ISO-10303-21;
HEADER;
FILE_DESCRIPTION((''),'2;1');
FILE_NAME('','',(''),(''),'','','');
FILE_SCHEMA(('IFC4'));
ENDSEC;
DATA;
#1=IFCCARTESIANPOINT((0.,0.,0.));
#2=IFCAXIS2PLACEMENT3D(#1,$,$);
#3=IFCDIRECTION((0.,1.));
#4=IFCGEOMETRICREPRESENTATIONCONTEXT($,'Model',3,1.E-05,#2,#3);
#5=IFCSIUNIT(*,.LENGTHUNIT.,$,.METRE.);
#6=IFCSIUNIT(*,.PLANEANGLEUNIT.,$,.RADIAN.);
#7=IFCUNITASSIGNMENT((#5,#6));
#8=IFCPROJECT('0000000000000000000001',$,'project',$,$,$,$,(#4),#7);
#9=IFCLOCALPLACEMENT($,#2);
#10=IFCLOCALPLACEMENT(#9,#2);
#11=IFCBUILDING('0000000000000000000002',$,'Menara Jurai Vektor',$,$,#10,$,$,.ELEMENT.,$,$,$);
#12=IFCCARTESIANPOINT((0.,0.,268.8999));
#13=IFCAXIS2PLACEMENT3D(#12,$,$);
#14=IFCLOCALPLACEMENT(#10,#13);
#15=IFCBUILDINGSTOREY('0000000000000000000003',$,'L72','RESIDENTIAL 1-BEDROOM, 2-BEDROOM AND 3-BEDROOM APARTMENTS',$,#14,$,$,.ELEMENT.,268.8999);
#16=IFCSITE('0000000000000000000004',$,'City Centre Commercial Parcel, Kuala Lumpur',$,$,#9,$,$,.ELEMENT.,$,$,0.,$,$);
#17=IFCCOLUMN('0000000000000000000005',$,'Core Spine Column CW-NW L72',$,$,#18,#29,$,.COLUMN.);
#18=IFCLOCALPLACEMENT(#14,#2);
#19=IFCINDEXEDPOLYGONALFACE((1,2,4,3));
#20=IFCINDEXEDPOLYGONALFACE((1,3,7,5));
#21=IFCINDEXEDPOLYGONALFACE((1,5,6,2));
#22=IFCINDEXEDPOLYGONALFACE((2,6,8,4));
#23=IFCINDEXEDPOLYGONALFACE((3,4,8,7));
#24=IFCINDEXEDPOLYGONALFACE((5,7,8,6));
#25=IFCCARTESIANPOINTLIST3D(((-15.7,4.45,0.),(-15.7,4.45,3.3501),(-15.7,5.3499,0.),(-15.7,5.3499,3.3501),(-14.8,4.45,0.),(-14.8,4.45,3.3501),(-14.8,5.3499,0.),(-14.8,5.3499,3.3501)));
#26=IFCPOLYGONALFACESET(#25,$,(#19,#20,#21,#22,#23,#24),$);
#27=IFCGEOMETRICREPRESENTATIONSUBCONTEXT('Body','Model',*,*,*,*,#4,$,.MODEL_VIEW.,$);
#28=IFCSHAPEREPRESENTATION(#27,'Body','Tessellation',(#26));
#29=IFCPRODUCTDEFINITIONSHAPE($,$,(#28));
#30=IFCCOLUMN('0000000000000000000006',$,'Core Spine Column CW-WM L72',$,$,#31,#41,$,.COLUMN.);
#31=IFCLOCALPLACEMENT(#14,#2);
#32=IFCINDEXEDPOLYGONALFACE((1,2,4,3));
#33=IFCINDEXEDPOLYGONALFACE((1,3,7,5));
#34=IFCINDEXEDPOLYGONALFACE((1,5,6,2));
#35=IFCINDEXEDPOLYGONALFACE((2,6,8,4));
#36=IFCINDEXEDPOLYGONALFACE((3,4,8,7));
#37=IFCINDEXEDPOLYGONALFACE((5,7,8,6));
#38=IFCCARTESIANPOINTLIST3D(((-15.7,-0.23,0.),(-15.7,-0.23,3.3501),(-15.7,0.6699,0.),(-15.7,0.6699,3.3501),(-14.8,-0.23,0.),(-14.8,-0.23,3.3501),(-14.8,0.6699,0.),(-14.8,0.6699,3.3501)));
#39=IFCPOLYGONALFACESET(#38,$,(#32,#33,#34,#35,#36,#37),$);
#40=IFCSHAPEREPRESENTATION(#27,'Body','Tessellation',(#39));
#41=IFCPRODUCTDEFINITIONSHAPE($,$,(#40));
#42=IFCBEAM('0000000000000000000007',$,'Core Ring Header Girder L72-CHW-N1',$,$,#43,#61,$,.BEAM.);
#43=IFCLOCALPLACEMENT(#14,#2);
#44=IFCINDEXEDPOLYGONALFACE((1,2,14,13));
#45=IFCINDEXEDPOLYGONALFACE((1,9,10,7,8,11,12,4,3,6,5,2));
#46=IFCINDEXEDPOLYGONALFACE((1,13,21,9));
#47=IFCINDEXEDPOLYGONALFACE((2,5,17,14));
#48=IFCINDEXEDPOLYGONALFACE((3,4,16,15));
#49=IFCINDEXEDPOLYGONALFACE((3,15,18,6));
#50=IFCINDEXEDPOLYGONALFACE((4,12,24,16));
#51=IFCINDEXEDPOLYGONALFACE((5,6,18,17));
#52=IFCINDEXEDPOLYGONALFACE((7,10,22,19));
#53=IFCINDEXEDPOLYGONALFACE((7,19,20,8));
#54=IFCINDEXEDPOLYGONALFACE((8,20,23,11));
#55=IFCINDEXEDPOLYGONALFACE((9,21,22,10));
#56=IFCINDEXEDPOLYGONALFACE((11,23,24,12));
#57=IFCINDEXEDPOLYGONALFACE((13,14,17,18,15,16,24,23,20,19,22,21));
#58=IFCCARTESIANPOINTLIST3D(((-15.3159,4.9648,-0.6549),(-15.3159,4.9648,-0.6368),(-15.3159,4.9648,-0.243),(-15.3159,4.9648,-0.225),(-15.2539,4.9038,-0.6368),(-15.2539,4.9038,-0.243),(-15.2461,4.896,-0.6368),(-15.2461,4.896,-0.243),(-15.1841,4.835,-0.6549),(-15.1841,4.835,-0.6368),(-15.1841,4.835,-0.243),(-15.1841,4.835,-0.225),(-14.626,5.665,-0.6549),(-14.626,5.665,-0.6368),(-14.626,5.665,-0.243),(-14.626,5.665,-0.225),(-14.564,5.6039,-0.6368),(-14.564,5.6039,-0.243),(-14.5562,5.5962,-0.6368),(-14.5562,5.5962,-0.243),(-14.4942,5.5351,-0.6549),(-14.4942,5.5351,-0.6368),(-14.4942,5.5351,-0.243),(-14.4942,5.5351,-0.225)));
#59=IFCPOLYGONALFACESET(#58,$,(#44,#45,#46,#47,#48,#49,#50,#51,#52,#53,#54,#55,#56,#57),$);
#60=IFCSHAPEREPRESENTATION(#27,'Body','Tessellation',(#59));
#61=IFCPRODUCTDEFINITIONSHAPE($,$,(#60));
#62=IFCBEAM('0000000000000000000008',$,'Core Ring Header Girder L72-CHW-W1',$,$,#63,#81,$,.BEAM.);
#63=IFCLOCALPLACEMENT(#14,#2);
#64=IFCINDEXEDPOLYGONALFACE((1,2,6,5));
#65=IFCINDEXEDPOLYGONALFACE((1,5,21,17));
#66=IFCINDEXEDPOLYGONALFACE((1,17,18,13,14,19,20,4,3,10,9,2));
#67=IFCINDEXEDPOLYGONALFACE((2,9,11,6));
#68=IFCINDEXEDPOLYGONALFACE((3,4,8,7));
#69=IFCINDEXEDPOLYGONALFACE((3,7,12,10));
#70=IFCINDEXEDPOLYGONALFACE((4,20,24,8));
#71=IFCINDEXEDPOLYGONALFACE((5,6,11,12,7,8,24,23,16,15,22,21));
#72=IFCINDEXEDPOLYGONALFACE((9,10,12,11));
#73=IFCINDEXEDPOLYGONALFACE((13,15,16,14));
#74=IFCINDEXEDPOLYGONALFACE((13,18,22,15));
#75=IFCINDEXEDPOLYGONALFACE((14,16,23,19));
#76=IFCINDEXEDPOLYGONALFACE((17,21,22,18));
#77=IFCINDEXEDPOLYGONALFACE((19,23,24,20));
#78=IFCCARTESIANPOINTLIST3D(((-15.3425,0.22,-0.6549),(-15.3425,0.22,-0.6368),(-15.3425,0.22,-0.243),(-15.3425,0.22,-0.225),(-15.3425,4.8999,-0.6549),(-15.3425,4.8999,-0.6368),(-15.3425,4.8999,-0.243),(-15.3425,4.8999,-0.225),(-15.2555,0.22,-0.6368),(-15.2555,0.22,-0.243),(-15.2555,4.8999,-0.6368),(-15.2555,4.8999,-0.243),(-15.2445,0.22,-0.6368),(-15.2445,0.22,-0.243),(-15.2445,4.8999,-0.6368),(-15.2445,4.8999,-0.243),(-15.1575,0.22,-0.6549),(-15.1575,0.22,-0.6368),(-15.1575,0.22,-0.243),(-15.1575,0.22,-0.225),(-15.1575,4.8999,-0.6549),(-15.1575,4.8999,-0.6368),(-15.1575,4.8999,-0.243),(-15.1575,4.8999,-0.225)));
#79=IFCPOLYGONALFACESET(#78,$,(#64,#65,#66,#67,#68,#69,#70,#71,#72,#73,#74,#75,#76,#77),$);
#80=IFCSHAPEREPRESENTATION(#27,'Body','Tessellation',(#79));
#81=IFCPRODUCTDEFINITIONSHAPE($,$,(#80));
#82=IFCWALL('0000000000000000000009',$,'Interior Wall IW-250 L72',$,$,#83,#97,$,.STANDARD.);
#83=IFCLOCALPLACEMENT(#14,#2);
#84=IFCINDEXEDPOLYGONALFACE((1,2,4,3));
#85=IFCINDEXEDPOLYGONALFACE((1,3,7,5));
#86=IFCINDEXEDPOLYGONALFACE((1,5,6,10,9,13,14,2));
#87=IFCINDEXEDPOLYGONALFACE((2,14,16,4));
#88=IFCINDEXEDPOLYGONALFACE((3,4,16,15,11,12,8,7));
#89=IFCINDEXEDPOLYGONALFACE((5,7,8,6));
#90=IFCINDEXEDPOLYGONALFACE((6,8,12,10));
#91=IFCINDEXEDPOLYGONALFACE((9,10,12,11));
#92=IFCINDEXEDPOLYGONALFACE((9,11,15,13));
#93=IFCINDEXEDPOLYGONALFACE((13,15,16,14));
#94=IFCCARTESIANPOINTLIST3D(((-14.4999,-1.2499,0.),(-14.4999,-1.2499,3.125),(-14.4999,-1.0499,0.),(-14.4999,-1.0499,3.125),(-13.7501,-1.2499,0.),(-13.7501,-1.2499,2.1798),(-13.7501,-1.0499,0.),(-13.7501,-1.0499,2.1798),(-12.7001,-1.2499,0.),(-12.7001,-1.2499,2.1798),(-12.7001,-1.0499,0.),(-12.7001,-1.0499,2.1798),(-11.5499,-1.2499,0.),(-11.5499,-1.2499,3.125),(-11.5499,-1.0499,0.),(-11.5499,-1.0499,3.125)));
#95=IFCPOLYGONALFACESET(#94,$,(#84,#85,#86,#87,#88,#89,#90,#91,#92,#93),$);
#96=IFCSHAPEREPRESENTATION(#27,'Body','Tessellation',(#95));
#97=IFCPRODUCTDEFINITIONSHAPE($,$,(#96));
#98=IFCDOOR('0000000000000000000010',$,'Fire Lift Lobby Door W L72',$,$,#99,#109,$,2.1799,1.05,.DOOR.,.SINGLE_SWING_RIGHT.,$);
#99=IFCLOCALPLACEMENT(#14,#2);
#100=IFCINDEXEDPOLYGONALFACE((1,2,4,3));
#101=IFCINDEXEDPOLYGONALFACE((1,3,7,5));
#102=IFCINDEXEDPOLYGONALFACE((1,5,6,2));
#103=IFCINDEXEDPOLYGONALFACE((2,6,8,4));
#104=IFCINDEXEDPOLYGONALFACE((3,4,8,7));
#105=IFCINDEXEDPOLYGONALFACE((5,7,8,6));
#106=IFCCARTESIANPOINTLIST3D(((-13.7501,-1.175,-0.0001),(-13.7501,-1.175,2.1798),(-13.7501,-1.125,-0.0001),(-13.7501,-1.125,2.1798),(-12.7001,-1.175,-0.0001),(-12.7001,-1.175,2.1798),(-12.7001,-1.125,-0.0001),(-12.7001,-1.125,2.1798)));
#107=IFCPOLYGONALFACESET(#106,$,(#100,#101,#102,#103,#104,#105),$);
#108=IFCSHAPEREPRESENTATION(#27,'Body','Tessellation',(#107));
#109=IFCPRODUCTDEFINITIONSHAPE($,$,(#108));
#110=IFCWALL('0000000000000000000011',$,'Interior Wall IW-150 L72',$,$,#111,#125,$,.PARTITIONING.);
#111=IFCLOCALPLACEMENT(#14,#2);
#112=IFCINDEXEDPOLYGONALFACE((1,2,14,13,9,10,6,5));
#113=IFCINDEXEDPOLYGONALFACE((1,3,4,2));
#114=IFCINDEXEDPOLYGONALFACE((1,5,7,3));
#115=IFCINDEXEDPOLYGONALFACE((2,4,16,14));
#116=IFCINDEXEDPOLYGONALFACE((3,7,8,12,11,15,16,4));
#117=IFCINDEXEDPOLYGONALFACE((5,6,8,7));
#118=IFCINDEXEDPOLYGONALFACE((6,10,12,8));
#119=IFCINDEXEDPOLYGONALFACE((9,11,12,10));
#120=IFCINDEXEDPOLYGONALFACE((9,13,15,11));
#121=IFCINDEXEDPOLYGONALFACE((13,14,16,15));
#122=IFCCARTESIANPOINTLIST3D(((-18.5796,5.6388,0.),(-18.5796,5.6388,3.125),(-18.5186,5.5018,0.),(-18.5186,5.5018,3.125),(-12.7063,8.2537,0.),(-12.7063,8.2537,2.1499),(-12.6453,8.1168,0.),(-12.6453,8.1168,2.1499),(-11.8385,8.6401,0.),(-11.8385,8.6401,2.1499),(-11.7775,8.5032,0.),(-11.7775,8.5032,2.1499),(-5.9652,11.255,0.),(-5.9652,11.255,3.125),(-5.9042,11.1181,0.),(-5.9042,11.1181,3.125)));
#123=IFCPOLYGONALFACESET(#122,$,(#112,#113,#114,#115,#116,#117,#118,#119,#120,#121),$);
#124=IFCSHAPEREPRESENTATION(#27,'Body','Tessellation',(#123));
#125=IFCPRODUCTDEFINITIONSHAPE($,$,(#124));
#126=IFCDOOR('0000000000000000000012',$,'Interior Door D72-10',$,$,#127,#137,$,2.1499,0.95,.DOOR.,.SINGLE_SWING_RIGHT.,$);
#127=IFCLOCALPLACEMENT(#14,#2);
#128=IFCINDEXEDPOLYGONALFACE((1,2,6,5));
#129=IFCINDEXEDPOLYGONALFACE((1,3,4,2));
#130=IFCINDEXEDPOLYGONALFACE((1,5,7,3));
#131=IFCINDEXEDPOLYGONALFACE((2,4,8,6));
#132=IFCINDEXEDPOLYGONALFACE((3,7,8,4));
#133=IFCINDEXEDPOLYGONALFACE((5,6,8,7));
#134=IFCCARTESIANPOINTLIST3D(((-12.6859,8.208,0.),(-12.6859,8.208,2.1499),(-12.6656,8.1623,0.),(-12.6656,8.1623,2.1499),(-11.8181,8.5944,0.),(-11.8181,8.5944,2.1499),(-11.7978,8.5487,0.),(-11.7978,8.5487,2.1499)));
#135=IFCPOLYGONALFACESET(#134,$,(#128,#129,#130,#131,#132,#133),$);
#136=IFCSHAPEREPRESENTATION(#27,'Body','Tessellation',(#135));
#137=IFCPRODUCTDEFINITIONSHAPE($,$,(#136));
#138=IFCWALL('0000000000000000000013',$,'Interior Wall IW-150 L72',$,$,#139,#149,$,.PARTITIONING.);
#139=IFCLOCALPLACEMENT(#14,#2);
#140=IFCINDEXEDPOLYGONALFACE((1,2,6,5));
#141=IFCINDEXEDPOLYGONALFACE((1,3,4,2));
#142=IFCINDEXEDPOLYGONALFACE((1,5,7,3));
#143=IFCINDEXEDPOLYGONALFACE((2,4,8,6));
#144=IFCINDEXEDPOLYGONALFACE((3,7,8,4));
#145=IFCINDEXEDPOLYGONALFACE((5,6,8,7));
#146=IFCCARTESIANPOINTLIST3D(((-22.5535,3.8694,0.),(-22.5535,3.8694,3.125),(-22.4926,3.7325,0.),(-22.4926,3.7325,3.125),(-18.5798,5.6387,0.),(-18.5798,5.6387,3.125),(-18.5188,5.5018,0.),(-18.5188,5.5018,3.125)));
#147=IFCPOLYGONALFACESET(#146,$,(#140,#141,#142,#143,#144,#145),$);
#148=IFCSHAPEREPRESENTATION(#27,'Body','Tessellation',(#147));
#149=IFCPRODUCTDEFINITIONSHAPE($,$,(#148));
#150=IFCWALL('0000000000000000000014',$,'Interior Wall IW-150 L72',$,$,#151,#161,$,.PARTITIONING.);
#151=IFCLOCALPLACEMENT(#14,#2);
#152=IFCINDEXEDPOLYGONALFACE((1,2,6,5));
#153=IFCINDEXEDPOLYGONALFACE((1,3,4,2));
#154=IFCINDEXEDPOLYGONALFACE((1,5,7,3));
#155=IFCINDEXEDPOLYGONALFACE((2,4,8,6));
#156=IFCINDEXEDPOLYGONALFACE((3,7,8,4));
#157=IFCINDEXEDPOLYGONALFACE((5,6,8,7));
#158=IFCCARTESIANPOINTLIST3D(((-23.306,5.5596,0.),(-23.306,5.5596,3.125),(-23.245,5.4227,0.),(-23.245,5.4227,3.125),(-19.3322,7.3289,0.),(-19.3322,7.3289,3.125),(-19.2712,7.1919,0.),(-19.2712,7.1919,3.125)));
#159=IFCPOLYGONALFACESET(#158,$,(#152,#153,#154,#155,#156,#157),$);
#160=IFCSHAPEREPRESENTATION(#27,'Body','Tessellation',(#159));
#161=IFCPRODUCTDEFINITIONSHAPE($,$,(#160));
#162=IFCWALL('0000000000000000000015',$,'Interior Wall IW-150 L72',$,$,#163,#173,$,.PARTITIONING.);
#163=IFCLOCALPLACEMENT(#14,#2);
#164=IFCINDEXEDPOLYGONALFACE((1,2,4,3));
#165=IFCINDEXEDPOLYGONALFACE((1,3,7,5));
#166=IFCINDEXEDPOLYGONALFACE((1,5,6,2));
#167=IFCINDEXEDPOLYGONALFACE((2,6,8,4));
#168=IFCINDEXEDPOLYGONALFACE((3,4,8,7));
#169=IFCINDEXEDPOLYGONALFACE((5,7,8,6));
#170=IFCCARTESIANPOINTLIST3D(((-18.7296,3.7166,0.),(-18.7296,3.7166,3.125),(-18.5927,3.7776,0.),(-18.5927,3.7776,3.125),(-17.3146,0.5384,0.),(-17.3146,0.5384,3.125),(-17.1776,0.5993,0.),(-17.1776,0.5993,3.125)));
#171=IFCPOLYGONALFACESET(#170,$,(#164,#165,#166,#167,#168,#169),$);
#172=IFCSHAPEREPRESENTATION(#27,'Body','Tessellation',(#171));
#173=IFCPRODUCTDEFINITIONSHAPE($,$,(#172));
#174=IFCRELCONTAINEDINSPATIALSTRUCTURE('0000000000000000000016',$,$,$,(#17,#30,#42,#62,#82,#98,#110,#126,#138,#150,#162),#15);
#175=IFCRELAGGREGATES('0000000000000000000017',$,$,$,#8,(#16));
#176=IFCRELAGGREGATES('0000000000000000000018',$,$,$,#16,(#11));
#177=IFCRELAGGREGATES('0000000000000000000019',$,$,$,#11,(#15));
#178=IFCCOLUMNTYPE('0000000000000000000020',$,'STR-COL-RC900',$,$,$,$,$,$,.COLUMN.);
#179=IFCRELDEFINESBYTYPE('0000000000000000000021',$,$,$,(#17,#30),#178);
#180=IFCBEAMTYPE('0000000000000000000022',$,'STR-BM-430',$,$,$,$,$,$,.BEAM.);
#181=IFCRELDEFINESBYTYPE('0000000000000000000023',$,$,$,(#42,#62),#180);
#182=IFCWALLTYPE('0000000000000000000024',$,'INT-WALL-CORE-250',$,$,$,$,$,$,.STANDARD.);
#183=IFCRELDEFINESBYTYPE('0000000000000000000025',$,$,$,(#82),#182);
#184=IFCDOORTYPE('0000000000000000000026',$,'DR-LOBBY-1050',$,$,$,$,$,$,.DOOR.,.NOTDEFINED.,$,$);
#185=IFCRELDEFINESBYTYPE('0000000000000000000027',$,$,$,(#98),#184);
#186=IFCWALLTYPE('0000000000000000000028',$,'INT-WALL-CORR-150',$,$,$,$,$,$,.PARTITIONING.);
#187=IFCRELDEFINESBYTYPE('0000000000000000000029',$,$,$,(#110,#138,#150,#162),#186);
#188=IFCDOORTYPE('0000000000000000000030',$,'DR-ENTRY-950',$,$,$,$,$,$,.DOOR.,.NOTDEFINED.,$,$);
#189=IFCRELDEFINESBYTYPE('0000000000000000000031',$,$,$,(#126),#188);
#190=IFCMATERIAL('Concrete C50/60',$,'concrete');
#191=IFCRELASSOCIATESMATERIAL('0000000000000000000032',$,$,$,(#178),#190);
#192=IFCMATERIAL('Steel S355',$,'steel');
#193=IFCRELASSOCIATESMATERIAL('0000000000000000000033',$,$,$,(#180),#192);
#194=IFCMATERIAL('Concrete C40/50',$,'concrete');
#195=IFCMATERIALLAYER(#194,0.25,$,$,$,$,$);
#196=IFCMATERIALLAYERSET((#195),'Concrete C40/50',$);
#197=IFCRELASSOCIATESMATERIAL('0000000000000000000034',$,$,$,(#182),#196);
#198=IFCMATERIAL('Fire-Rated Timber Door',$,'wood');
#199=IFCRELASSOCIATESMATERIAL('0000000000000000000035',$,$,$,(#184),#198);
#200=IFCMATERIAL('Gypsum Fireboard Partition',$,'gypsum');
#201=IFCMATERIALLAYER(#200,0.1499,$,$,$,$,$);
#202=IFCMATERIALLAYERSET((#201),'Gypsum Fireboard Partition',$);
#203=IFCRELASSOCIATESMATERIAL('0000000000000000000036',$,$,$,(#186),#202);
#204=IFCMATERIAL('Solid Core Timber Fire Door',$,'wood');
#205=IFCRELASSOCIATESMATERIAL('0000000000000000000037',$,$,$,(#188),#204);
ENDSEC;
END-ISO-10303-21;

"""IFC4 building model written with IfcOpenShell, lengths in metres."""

from ifc_helpers import new_model, si_unit, direction, frame, frame_2d, origin, origin_2d, place, context, subcontext, project, spatial, rectangle, i_section, extrude, material, layer, layer_set, material_profile, profile_set, type_object, element, fill, save


model = new_model("IFC4")

# Units and contexts
model_context = context("Model", 3, precision=1e-05, world=origin(), true_north=direction((0.0, 1.0)))
body_context = subcontext(model_context, "Body", "Model", "MODEL_VIEW")
ifc_project = project(units=[si_unit("LENGTHUNIT", "METRE"), si_unit("PLANEANGLEUNIT", "RADIAN")], contexts=[model_context])

# Site, building, storey
site_placement = place(None, origin())
site = spatial("IfcSite", under=ifc_project, at=site_placement, Name="City Centre Commercial Parcel, Kuala Lumpur", CompositionType="ELEMENT", RefElevation=0.0)
building_placement = place(site_placement, origin())
building = spatial("IfcBuilding", under=site, at=building_placement, Name="Menara Jurai Vektor", CompositionType="ELEMENT")
storey_placement = place(building_placement, frame((0.0, 0.0, 268.8999)))
storey = spatial("IfcBuildingStorey", under=building, at=storey_placement, Name="L72", Description="RESIDENTIAL 1-BEDROOM, 2-BEDROOM AND 3-BEDROOM APARTMENTS", CompositionType="ELEMENT", Elevation=268.8999)

# Columns
ifc_material_1 = material(Name="Concrete C50/60", Category="concrete")
ifc_material_profile_1 = material_profile(ifc_material_1, rectangle(XDim=0.8999, YDim=0.8999, at=origin_2d()), Name="RC 900x900")
ifc_profile_set_1 = profile_set([ifc_material_profile_1], Name="Concrete C50/60")
column_type = type_object("IfcColumnType", Name="STR-COL-RC900", PredefinedType="COLUMN", material=ifc_profile_set_1)
for number, where, z_axis, x_axis, name in (
    (1, (-15.25, 4.8999, 0.0), (0.0, 0.0, 1.0), (1.0, 0.0, 0.0), "Core Spine Column CW-NW L72"),
    (2, (-15.25, 0.22, 0.0), (0.0, 0.0, 1.0), (1.0, 0.0, 0.0), "Core Spine Column CW-WM L72"),
):
    element("IfcColumn", number, at=place(storey_placement, frame(where, z_axis=z_axis, x_axis=x_axis)), inside=storey, type_object=column_type, Name=name, PredefinedType="COLUMN", context=body_context, shape_type="SweptSolid", body=[
        extrude(rectangle(XDim=0.8999, YDim=0.8999, at=origin_2d()), origin(), (0.0, 0.0, 1.0), 3.3501),
    ])

# Beams
ifc_material_2 = material(Name="Steel S355", Category="steel")
ifc_material_profile_2 = material_profile(ifc_material_2, i_section(OverallWidth=0.1851, OverallDepth=0.4299, WebThickness=0.011, FlangeThickness=0.0181, at=origin_2d()), Name="PG 430x185x76")
ifc_profile_set_2 = profile_set([ifc_material_profile_2], Name="Steel S355")
beam_type = type_object("IfcBeamType", Name="STR-BM-430", PredefinedType="BEAM", material=ifc_profile_set_2)
beam_1_placement = place(storey_placement, frame((-15.25, 4.8999, -0.4399), z_axis=(0.701872, 0.712303, 0.0), x_axis=(-0.712303, 0.701872, 0.0)))
element("IfcBeam", 3, at=beam_1_placement, inside=storey, type_object=beam_type, Name="Core Ring Header Girder L72-CHW-N1", PredefinedType="BEAM", context=body_context, shape_type="SweptSolid", body=[
    extrude(i_section(OverallWidth=0.1851, OverallDepth=0.4299, WebThickness=0.011, FlangeThickness=0.0181, at=origin_2d()), origin(), (0.0, 0.0, 1.0), 0.9829),
])
beam_2_placement = place(storey_placement, frame((-15.25, 0.22, -0.4399), z_axis=(0.0, 1.0, 0.0), x_axis=(-1.0, 0.0, 0.0)))
element("IfcBeam", 4, at=beam_2_placement, inside=storey, type_object=beam_type, Name="Core Ring Header Girder L72-CHW-W1", PredefinedType="BEAM", context=body_context, shape_type="SweptSolid", body=[
    extrude(i_section(OverallWidth=0.1851, OverallDepth=0.4299, WebThickness=0.011, FlangeThickness=0.0181, at=origin_2d()), origin(), (0.0, 0.0, 1.0), 4.6799),
])

# Walls, openings, doors
ifc_material_3 = material(Name="Concrete C40/50", Category="concrete")
ifc_layer_1 = layer(ifc_material_3, 0.25)
ifc_layer_set_1 = layer_set([ifc_layer_1], Name="Concrete C40/50")
wall_type_1 = type_object("IfcWallType", Name="INT-WALL-CORE-250", PredefinedType="STANDARD", material=ifc_layer_set_1)
wall_1_placement = place(storey_placement, frame((-14.5, -1.1499, 0.0), z_axis=(0.0, 0.0, 1.0), x_axis=(1.0, 0.0, 0.0)))
wall_1 = element("IfcWall", 5, at=wall_1_placement, inside=storey, type_object=wall_type_1, Name="Interior Wall IW-250 L72", PredefinedType="STANDARD", context=body_context, shape_type="SweptSolid", body=[
    extrude(rectangle(XDim=2.95, YDim=0.2, at=frame_2d((1.4751, 0.0))), origin(), (0.0, 0.0, 1.0), 3.125),
])
opening_1_placement = place(wall_1_placement, frame((0.75, 0.0, 0.0)))
opening_1 = element("IfcOpeningElement", 6, at=opening_1_placement, cuts=wall_1, PredefinedType="OPENING", context=body_context, shape_type="SweptSolid", body=[
    extrude(rectangle(XDim=1.05, YDim=2.1799, at=frame_2d((0.5249, 1.0898))), frame((0.0, 0.1099, 0.0), z_axis=(0.0, -1.0, 0.0), x_axis=(1.0, 0.0, 0.0)), (0.0, 0.0, 1.0), 0.22),
])
ifc_material_4 = material(Name="Fire-Rated Timber Door", Category="wood")
door_type_1 = type_object("IfcDoorType", Name="DR-LOBBY-1050", OperationType="NOTDEFINED", PredefinedType="DOOR", material=ifc_material_4)
door_1_placement = place(opening_1_placement, origin())
door_1 = element("IfcDoor", 7, at=door_1_placement, inside=storey, type_object=door_type_1, Name="Fire Lift Lobby Door W L72", OperationType="SINGLE_SWING_RIGHT", OverallHeight=2.1799, OverallWidth=1.05, PredefinedType="DOOR", context=body_context, shape_type="SweptSolid", body=[
    extrude(rectangle(XDim=1.05, YDim=2.1799, at=frame_2d((0.5249, 1.0898))), frame((0.0, 0.0249, 0.0), z_axis=(0.0, -1.0, 0.0), x_axis=(1.0, 0.0, 0.0)), (0.0, 0.0, 1.0), 0.05),
])
fill(opening_1, door_1)
ifc_material_5 = material(Name="Gypsum Fireboard Partition", Category="gypsum")
ifc_layer_2 = layer(ifc_material_5, 0.1499)
ifc_layer_set_2 = layer_set([ifc_layer_2], Name="Gypsum Fireboard Partition")
wall_type_2 = type_object("IfcWallType", Name="INT-WALL-CORR-150", PredefinedType="PARTITIONING", material=ifc_layer_set_2)
wall_2_placement = place(storey_placement, frame((-18.5491, 5.5703, 0.0), z_axis=(0.0, 0.0, 1.0), x_axis=(0.913546, 0.406736, 0.0)))
wall_2 = element("IfcWall", 8, at=wall_2_placement, inside=storey, type_object=wall_type_2, Name="Interior Wall IW-150 L72", PredefinedType="PARTITIONING", context=body_context, shape_type="SweptSolid", body=[
    extrude(rectangle(XDim=13.8081, YDim=0.1499, at=frame_2d((6.9041, 0.0))), origin(), (0.0, 0.0, 1.0), 3.125),
])
opening_2_placement = place(wall_2_placement, frame((6.429, 0.0, 0.0)))
opening_2 = element("IfcOpeningElement", 9, at=opening_2_placement, cuts=wall_2, PredefinedType="OPENING", context=body_context, shape_type="SweptSolid", body=[
    extrude(rectangle(XDim=0.95, YDim=2.1499, at=frame_2d((0.4751, 1.075))), frame((0.0, 0.085, 0.0), z_axis=(0.0, -1.0, 0.0), x_axis=(1.0, 0.0, 0.0)), (0.0, 0.0, 1.0), 0.1699),
])
ifc_material_6 = material(Name="Solid Core Timber Fire Door", Category="wood")
door_type_2 = type_object("IfcDoorType", Name="DR-ENTRY-950", OperationType="NOTDEFINED", PredefinedType="DOOR", material=ifc_material_6)
door_2_placement = place(opening_2_placement, origin())
door_2 = element("IfcDoor", 10, at=door_2_placement, inside=storey, type_object=door_type_2, Name="Interior Door D72-10", OperationType="SINGLE_SWING_RIGHT", OverallHeight=2.1499, OverallWidth=0.95, PredefinedType="DOOR", context=body_context, shape_type="SweptSolid", body=[
    extrude(rectangle(XDim=0.95, YDim=2.1499, at=frame_2d((0.4751, 1.075))), frame((0.0, 0.0249, 0.0), z_axis=(0.0, -1.0, 0.0), x_axis=(1.0, 0.0, 0.0)), (0.0, 0.0, 1.0), 0.05),
])
fill(opening_2, door_2)

# Wall
wall_3_placement = place(storey_placement, frame((-22.5229, 3.801, 0.0), z_axis=(0.0, 0.0, 1.0), x_axis=(0.913545, 0.406737, 0.0)))
element("IfcWall", 11, at=wall_3_placement, inside=storey, type_object=wall_type_2, Name="Interior Wall IW-150 L72", PredefinedType="PARTITIONING", context=body_context, shape_type="SweptSolid", body=[
    extrude(rectangle(XDim=4.3499, YDim=0.1499, at=frame_2d((2.1748, 0.0))), origin(), (0.0, 0.0, 1.0), 3.125),
])

# Wall
wall_4_placement = place(storey_placement, frame((-23.2754, 5.4912, 0.0), z_axis=(0.0, 0.0, 1.0), x_axis=(0.913545, 0.406737, 0.0)))
element("IfcWall", 12, at=wall_4_placement, inside=storey, type_object=wall_type_2, Name="Interior Wall IW-150 L72", PredefinedType="PARTITIONING", context=body_context, shape_type="SweptSolid", body=[
    extrude(rectangle(XDim=4.3499, YDim=0.1499, at=frame_2d((2.1748, 0.0))), origin(), (0.0, 0.0, 1.0), 3.125),
])

# Wall
wall_5_placement = place(storey_placement, frame((-17.2461, 0.5688, 0.0), z_axis=(0.0, 0.0, 1.0), x_axis=(-0.406737, 0.913545, 0.0)))
element("IfcWall", 13, at=wall_5_placement, inside=storey, type_object=wall_type_2, Name="Interior Wall IW-150 L72", PredefinedType="PARTITIONING", context=body_context, shape_type="SweptSolid", body=[
    extrude(rectangle(XDim=3.479, YDim=0.1499, at=frame_2d((1.7395, 0.0))), origin(), (0.0, 0.0, 1.0), 3.125),
])

save(model, "model.ifc")
